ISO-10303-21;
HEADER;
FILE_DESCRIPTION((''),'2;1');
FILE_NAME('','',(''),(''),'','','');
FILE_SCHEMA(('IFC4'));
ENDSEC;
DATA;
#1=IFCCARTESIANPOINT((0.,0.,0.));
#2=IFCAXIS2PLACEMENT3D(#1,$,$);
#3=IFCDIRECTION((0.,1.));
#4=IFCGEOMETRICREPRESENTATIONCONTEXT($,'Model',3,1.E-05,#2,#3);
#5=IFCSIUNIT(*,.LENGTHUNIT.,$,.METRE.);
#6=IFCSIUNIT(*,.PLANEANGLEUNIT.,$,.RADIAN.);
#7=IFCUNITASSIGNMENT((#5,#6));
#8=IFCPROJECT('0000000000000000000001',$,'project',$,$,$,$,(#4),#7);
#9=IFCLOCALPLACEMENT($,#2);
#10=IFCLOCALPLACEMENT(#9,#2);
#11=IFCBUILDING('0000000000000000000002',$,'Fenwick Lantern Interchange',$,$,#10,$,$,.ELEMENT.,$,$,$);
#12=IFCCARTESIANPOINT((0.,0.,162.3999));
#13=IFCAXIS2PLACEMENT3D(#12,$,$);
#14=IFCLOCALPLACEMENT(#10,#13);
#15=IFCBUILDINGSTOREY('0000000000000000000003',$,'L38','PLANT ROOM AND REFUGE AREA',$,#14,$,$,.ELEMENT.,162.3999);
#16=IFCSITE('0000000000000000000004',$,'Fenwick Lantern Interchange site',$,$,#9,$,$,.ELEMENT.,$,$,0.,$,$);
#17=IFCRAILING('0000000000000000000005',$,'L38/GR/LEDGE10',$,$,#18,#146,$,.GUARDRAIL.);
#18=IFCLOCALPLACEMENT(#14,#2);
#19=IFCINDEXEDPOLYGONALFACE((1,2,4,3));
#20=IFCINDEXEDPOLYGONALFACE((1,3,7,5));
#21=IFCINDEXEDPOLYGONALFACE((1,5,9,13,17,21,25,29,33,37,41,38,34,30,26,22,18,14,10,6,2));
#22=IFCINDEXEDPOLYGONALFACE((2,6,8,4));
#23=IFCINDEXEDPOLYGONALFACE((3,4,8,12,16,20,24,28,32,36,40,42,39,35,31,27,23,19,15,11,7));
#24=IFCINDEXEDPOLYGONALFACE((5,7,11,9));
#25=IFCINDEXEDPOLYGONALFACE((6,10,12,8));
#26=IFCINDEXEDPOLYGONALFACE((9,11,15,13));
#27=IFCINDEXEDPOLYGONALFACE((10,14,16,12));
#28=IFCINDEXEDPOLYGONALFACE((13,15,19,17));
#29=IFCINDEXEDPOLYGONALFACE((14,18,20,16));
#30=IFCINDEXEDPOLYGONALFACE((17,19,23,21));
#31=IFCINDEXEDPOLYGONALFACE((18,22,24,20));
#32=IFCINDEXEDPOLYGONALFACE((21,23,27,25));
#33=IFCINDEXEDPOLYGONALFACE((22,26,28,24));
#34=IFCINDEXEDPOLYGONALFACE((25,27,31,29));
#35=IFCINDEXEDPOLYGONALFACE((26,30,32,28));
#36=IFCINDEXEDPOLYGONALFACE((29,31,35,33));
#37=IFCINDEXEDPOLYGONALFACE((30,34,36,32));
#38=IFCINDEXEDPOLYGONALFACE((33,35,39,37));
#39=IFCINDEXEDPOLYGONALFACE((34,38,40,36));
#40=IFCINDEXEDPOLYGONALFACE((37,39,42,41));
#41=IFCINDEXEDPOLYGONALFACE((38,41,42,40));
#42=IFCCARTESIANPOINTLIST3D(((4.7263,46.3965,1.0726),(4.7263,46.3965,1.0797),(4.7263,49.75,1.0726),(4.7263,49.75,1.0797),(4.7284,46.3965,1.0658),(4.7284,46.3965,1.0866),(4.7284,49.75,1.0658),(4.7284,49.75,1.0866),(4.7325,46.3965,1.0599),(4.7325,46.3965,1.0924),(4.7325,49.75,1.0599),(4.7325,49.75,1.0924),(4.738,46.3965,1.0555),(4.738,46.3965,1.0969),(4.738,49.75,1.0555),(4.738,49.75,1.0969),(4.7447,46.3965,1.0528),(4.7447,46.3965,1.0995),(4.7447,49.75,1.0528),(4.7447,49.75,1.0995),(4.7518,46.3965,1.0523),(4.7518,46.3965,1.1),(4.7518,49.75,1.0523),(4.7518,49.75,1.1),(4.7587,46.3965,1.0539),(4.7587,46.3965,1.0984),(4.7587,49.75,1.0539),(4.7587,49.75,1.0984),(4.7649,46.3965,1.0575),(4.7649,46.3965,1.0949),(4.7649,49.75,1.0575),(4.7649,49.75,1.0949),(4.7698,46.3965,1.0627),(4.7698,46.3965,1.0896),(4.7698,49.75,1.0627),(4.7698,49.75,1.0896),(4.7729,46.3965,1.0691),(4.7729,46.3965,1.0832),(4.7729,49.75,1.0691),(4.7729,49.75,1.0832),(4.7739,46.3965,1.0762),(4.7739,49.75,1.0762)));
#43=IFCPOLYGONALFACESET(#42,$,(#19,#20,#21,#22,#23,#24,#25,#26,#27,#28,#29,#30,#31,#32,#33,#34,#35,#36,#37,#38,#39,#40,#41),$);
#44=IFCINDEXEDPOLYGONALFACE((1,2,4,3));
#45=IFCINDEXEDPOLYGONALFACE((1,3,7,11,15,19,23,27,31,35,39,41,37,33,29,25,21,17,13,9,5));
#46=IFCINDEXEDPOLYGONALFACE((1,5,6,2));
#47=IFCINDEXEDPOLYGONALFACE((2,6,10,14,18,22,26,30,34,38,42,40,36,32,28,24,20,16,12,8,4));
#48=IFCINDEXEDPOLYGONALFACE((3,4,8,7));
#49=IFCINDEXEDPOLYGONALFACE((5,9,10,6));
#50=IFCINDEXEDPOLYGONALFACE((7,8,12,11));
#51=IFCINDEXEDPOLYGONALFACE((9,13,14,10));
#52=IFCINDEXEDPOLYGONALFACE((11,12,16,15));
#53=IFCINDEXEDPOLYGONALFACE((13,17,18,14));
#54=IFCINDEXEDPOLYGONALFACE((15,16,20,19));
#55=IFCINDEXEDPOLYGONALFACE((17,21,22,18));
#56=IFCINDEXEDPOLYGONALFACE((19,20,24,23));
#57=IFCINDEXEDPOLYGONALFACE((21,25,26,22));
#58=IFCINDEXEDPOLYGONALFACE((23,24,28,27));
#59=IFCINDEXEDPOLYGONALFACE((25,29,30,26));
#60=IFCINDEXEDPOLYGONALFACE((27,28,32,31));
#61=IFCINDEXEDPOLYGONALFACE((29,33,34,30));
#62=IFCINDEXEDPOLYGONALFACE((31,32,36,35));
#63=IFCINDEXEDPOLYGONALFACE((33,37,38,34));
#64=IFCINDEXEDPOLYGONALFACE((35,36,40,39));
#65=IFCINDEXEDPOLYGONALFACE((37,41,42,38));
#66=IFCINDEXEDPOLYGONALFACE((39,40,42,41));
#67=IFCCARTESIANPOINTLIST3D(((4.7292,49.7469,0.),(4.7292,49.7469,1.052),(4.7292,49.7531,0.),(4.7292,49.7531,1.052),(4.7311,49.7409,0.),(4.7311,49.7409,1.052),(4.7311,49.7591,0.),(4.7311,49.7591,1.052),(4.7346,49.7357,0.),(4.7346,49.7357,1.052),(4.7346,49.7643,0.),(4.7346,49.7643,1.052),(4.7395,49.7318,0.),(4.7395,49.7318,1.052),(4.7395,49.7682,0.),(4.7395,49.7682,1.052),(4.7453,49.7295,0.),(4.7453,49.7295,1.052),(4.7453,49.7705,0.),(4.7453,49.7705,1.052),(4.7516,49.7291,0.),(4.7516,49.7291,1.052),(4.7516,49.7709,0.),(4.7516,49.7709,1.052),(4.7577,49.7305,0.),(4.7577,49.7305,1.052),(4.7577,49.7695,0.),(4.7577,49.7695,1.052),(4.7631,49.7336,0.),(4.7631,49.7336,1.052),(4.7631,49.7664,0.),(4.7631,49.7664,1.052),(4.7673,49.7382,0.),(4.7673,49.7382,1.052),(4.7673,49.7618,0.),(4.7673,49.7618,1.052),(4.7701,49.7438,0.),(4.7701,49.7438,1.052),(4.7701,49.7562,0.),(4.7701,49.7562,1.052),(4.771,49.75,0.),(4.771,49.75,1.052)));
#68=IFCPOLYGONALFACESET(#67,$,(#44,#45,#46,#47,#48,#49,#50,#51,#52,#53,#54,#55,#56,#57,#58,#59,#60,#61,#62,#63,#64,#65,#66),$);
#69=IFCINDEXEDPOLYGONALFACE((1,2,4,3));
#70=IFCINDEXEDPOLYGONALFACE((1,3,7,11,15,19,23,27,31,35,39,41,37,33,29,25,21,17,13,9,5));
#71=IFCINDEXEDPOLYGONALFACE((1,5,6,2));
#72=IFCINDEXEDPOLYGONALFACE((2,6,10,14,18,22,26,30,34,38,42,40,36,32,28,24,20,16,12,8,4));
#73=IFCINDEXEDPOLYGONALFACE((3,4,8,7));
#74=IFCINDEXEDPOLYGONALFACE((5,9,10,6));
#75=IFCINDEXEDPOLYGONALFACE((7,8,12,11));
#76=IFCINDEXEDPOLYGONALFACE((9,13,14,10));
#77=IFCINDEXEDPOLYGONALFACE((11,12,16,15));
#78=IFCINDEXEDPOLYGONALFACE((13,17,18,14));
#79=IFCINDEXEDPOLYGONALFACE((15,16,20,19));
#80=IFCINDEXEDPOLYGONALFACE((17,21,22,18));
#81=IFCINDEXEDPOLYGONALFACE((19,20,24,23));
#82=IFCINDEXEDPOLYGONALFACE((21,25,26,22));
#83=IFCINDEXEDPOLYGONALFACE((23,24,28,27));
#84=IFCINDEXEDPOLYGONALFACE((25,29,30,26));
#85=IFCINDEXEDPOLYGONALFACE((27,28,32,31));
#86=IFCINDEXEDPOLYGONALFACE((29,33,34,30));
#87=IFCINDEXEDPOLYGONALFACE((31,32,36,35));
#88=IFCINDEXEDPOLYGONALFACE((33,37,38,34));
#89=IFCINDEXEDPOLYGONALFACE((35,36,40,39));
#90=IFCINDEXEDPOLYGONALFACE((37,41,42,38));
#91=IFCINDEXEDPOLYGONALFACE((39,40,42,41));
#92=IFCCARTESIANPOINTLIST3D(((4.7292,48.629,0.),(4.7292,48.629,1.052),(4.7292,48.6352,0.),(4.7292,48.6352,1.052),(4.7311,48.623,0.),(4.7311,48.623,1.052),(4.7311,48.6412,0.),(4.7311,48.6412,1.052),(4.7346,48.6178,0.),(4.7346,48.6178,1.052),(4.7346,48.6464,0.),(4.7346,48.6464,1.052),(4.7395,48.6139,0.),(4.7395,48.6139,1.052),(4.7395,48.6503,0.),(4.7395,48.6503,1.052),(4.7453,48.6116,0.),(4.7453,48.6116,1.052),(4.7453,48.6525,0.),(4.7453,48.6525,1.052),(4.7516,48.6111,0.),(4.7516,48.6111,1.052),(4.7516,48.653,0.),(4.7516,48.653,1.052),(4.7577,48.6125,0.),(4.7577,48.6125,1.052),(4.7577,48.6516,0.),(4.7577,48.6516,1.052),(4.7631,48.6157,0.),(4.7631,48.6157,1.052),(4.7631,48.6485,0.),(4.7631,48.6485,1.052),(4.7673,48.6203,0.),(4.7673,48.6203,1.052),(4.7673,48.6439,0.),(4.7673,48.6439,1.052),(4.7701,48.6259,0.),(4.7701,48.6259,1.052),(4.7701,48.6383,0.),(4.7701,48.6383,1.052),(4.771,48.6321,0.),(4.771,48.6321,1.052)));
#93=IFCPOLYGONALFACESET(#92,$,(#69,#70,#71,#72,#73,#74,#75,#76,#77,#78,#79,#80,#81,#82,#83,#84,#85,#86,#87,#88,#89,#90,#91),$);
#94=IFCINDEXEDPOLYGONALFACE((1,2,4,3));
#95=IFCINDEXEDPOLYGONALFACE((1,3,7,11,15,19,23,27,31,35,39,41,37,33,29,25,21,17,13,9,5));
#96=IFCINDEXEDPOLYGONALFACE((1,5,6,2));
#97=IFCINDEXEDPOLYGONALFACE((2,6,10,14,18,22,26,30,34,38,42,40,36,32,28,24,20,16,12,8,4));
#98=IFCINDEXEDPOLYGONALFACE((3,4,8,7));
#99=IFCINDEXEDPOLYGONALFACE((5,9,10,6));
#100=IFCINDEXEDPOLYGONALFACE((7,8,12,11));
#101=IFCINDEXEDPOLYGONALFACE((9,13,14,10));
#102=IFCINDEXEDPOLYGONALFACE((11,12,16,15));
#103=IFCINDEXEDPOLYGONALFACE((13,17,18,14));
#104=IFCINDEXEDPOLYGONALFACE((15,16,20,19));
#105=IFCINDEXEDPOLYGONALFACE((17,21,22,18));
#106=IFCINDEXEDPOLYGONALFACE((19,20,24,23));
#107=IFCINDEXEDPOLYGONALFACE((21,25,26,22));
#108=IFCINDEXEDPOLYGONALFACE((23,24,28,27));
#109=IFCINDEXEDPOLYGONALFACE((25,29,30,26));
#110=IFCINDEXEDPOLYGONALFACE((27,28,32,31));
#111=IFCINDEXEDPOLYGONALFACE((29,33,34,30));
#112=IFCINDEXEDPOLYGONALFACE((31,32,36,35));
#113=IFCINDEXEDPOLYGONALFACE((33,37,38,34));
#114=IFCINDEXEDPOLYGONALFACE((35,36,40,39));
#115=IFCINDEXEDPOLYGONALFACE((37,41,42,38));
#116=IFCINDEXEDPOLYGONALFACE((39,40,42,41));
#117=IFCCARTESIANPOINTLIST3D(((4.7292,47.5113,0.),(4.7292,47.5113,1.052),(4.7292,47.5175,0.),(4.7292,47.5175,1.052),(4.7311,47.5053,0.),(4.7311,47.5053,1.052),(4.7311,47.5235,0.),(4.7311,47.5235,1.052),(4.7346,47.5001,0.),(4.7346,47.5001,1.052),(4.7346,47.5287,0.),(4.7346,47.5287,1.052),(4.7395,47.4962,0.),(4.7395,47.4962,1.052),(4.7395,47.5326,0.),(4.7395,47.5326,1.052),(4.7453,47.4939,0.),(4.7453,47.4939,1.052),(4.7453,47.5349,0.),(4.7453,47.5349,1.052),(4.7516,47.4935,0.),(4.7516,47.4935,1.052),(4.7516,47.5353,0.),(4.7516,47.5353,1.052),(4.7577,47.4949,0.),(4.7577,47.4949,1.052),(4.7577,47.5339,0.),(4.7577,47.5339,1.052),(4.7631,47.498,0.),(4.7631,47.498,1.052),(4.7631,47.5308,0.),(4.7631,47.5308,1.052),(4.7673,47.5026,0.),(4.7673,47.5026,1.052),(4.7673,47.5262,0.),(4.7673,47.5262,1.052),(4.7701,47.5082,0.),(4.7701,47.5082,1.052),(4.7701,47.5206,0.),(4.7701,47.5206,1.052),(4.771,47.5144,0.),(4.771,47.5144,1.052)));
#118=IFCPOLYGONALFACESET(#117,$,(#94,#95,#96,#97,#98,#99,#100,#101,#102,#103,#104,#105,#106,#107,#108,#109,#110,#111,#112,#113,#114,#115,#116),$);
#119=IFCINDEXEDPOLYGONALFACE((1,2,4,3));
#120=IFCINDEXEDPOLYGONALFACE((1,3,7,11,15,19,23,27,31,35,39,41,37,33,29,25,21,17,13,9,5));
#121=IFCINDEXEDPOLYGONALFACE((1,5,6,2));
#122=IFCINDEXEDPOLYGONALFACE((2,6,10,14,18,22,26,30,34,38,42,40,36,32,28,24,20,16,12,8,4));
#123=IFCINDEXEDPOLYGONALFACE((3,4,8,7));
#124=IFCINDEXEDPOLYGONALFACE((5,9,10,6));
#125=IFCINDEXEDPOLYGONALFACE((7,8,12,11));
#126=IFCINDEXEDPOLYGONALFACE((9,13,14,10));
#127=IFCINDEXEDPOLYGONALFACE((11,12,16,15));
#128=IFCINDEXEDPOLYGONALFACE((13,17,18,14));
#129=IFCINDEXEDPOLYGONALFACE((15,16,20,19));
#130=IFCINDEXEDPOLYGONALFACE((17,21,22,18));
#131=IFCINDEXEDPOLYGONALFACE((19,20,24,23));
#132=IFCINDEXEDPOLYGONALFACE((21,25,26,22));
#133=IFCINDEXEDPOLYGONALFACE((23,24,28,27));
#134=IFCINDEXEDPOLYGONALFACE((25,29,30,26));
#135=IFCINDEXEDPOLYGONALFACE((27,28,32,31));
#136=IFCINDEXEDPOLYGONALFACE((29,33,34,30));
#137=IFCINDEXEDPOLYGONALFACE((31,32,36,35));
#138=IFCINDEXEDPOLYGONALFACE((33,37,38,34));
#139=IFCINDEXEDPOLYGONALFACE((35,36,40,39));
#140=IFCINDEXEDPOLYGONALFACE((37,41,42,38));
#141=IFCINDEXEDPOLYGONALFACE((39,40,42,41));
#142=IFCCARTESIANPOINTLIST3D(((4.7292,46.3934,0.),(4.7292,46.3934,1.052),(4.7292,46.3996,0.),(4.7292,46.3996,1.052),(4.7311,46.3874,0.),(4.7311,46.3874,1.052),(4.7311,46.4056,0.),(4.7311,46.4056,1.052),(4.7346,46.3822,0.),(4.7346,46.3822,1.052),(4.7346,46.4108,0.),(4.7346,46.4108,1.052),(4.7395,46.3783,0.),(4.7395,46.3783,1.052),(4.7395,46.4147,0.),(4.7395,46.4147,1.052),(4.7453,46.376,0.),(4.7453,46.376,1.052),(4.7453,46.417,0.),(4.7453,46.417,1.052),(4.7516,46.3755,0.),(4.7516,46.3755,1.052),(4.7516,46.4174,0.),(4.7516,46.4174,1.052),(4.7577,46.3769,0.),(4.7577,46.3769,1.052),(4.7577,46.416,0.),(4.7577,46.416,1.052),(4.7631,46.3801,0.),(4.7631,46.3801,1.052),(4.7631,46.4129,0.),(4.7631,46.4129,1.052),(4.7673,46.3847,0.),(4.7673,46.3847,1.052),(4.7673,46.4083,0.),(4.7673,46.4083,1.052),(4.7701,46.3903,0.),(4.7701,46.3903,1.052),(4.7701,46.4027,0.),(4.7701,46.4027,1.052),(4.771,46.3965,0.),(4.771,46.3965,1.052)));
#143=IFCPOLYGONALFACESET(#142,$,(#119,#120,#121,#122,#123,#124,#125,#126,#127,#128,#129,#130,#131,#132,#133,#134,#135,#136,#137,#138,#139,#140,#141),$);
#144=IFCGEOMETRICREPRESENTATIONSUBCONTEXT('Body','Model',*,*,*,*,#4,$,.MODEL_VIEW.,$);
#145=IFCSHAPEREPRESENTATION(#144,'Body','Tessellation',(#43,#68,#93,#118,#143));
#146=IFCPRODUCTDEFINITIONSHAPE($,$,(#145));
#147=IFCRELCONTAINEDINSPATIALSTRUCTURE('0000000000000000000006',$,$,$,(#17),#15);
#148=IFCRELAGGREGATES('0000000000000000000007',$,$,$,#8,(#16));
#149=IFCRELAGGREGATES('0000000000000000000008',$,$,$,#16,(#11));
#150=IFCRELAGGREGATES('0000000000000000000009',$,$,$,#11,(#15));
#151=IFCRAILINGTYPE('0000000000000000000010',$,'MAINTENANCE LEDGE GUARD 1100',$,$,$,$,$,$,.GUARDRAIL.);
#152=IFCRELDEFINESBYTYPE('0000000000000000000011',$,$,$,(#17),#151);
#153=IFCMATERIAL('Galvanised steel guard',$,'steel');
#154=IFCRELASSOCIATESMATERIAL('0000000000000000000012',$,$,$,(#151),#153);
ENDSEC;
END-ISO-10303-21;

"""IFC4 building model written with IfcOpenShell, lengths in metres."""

from ifc_helpers import new_model, si_unit, direction, frame, origin, origin_2d, place, context, subcontext, project, spatial, circle, extrude, material, type_object, element, save


model = new_model("IFC4")

# Units and contexts
model_context = context("Model", 3, precision=1e-05, world=origin(), true_north=direction((0.0, 1.0)))
body_context = subcontext(model_context, "Body", "Model", "MODEL_VIEW")
ifc_project = project(units=[si_unit("LENGTHUNIT", "METRE"), si_unit("PLANEANGLEUNIT", "RADIAN")], contexts=[model_context])

# Site, building, storey
site_placement = place(None, origin())
site = spatial("IfcSite", under=ifc_project, at=site_placement, Name="Fenwick Lantern Interchange site", CompositionType="ELEMENT", RefElevation=0.0)
building_placement = place(site_placement, origin())
building = spatial("IfcBuilding", under=site, at=building_placement, Name="Fenwick Lantern Interchange", CompositionType="ELEMENT")
storey_placement = place(building_placement, frame((0.0, 0.0, 162.3999)))
storey = spatial("IfcBuildingStorey", under=building, at=storey_placement, Name="L38", Description="PLANT ROOM AND REFUGE AREA", CompositionType="ELEMENT", Elevation=162.3999)

# Railing
ifc_material_1 = material(Name="Galvanised steel guard", Category="steel")
railing_type = type_object("IfcRailingType", Name="MAINTENANCE LEDGE GUARD 1100", PredefinedType="GUARDRAIL", material=ifc_material_1)
railing_1_placement = place(storey_placement, frame((4.75, 49.75, 0.0)))
element("IfcRailing", 1, at=railing_1_placement, inside=storey, type_object=railing_type, Name="L38/GR/LEDGE10", PredefinedType="GUARDRAIL", context=body_context, shape_type="SweptSolid", body=[
    extrude(circle(Radius=0.0239, at=origin_2d()), frame((0.0, 0.0, 1.0762), z_axis=(0.0, -1.0, 0.0), x_axis=(1.0, 0.0, 0.0)), (0.0, 0.0, 1.0), 3.3535),
    extrude(circle(Radius=0.021, at=origin_2d()), origin(), (0.0, 0.0, 1.0), 1.052),
    extrude(circle(Radius=0.021, at=origin_2d()), frame((0.0, -1.1179, 0.0)), (0.0, 0.0, 1.0), 1.052),
    extrude(circle(Radius=0.021, at=origin_2d()), frame((0.0, -2.2356, 0.0)), (0.0, 0.0, 1.0), 1.052),
    extrude(circle(Radius=0.021, at=origin_2d()), frame((0.0, -3.3535, 0.0)), (0.0, 0.0, 1.0), 1.052),
])

save(model, "model.ifc")
